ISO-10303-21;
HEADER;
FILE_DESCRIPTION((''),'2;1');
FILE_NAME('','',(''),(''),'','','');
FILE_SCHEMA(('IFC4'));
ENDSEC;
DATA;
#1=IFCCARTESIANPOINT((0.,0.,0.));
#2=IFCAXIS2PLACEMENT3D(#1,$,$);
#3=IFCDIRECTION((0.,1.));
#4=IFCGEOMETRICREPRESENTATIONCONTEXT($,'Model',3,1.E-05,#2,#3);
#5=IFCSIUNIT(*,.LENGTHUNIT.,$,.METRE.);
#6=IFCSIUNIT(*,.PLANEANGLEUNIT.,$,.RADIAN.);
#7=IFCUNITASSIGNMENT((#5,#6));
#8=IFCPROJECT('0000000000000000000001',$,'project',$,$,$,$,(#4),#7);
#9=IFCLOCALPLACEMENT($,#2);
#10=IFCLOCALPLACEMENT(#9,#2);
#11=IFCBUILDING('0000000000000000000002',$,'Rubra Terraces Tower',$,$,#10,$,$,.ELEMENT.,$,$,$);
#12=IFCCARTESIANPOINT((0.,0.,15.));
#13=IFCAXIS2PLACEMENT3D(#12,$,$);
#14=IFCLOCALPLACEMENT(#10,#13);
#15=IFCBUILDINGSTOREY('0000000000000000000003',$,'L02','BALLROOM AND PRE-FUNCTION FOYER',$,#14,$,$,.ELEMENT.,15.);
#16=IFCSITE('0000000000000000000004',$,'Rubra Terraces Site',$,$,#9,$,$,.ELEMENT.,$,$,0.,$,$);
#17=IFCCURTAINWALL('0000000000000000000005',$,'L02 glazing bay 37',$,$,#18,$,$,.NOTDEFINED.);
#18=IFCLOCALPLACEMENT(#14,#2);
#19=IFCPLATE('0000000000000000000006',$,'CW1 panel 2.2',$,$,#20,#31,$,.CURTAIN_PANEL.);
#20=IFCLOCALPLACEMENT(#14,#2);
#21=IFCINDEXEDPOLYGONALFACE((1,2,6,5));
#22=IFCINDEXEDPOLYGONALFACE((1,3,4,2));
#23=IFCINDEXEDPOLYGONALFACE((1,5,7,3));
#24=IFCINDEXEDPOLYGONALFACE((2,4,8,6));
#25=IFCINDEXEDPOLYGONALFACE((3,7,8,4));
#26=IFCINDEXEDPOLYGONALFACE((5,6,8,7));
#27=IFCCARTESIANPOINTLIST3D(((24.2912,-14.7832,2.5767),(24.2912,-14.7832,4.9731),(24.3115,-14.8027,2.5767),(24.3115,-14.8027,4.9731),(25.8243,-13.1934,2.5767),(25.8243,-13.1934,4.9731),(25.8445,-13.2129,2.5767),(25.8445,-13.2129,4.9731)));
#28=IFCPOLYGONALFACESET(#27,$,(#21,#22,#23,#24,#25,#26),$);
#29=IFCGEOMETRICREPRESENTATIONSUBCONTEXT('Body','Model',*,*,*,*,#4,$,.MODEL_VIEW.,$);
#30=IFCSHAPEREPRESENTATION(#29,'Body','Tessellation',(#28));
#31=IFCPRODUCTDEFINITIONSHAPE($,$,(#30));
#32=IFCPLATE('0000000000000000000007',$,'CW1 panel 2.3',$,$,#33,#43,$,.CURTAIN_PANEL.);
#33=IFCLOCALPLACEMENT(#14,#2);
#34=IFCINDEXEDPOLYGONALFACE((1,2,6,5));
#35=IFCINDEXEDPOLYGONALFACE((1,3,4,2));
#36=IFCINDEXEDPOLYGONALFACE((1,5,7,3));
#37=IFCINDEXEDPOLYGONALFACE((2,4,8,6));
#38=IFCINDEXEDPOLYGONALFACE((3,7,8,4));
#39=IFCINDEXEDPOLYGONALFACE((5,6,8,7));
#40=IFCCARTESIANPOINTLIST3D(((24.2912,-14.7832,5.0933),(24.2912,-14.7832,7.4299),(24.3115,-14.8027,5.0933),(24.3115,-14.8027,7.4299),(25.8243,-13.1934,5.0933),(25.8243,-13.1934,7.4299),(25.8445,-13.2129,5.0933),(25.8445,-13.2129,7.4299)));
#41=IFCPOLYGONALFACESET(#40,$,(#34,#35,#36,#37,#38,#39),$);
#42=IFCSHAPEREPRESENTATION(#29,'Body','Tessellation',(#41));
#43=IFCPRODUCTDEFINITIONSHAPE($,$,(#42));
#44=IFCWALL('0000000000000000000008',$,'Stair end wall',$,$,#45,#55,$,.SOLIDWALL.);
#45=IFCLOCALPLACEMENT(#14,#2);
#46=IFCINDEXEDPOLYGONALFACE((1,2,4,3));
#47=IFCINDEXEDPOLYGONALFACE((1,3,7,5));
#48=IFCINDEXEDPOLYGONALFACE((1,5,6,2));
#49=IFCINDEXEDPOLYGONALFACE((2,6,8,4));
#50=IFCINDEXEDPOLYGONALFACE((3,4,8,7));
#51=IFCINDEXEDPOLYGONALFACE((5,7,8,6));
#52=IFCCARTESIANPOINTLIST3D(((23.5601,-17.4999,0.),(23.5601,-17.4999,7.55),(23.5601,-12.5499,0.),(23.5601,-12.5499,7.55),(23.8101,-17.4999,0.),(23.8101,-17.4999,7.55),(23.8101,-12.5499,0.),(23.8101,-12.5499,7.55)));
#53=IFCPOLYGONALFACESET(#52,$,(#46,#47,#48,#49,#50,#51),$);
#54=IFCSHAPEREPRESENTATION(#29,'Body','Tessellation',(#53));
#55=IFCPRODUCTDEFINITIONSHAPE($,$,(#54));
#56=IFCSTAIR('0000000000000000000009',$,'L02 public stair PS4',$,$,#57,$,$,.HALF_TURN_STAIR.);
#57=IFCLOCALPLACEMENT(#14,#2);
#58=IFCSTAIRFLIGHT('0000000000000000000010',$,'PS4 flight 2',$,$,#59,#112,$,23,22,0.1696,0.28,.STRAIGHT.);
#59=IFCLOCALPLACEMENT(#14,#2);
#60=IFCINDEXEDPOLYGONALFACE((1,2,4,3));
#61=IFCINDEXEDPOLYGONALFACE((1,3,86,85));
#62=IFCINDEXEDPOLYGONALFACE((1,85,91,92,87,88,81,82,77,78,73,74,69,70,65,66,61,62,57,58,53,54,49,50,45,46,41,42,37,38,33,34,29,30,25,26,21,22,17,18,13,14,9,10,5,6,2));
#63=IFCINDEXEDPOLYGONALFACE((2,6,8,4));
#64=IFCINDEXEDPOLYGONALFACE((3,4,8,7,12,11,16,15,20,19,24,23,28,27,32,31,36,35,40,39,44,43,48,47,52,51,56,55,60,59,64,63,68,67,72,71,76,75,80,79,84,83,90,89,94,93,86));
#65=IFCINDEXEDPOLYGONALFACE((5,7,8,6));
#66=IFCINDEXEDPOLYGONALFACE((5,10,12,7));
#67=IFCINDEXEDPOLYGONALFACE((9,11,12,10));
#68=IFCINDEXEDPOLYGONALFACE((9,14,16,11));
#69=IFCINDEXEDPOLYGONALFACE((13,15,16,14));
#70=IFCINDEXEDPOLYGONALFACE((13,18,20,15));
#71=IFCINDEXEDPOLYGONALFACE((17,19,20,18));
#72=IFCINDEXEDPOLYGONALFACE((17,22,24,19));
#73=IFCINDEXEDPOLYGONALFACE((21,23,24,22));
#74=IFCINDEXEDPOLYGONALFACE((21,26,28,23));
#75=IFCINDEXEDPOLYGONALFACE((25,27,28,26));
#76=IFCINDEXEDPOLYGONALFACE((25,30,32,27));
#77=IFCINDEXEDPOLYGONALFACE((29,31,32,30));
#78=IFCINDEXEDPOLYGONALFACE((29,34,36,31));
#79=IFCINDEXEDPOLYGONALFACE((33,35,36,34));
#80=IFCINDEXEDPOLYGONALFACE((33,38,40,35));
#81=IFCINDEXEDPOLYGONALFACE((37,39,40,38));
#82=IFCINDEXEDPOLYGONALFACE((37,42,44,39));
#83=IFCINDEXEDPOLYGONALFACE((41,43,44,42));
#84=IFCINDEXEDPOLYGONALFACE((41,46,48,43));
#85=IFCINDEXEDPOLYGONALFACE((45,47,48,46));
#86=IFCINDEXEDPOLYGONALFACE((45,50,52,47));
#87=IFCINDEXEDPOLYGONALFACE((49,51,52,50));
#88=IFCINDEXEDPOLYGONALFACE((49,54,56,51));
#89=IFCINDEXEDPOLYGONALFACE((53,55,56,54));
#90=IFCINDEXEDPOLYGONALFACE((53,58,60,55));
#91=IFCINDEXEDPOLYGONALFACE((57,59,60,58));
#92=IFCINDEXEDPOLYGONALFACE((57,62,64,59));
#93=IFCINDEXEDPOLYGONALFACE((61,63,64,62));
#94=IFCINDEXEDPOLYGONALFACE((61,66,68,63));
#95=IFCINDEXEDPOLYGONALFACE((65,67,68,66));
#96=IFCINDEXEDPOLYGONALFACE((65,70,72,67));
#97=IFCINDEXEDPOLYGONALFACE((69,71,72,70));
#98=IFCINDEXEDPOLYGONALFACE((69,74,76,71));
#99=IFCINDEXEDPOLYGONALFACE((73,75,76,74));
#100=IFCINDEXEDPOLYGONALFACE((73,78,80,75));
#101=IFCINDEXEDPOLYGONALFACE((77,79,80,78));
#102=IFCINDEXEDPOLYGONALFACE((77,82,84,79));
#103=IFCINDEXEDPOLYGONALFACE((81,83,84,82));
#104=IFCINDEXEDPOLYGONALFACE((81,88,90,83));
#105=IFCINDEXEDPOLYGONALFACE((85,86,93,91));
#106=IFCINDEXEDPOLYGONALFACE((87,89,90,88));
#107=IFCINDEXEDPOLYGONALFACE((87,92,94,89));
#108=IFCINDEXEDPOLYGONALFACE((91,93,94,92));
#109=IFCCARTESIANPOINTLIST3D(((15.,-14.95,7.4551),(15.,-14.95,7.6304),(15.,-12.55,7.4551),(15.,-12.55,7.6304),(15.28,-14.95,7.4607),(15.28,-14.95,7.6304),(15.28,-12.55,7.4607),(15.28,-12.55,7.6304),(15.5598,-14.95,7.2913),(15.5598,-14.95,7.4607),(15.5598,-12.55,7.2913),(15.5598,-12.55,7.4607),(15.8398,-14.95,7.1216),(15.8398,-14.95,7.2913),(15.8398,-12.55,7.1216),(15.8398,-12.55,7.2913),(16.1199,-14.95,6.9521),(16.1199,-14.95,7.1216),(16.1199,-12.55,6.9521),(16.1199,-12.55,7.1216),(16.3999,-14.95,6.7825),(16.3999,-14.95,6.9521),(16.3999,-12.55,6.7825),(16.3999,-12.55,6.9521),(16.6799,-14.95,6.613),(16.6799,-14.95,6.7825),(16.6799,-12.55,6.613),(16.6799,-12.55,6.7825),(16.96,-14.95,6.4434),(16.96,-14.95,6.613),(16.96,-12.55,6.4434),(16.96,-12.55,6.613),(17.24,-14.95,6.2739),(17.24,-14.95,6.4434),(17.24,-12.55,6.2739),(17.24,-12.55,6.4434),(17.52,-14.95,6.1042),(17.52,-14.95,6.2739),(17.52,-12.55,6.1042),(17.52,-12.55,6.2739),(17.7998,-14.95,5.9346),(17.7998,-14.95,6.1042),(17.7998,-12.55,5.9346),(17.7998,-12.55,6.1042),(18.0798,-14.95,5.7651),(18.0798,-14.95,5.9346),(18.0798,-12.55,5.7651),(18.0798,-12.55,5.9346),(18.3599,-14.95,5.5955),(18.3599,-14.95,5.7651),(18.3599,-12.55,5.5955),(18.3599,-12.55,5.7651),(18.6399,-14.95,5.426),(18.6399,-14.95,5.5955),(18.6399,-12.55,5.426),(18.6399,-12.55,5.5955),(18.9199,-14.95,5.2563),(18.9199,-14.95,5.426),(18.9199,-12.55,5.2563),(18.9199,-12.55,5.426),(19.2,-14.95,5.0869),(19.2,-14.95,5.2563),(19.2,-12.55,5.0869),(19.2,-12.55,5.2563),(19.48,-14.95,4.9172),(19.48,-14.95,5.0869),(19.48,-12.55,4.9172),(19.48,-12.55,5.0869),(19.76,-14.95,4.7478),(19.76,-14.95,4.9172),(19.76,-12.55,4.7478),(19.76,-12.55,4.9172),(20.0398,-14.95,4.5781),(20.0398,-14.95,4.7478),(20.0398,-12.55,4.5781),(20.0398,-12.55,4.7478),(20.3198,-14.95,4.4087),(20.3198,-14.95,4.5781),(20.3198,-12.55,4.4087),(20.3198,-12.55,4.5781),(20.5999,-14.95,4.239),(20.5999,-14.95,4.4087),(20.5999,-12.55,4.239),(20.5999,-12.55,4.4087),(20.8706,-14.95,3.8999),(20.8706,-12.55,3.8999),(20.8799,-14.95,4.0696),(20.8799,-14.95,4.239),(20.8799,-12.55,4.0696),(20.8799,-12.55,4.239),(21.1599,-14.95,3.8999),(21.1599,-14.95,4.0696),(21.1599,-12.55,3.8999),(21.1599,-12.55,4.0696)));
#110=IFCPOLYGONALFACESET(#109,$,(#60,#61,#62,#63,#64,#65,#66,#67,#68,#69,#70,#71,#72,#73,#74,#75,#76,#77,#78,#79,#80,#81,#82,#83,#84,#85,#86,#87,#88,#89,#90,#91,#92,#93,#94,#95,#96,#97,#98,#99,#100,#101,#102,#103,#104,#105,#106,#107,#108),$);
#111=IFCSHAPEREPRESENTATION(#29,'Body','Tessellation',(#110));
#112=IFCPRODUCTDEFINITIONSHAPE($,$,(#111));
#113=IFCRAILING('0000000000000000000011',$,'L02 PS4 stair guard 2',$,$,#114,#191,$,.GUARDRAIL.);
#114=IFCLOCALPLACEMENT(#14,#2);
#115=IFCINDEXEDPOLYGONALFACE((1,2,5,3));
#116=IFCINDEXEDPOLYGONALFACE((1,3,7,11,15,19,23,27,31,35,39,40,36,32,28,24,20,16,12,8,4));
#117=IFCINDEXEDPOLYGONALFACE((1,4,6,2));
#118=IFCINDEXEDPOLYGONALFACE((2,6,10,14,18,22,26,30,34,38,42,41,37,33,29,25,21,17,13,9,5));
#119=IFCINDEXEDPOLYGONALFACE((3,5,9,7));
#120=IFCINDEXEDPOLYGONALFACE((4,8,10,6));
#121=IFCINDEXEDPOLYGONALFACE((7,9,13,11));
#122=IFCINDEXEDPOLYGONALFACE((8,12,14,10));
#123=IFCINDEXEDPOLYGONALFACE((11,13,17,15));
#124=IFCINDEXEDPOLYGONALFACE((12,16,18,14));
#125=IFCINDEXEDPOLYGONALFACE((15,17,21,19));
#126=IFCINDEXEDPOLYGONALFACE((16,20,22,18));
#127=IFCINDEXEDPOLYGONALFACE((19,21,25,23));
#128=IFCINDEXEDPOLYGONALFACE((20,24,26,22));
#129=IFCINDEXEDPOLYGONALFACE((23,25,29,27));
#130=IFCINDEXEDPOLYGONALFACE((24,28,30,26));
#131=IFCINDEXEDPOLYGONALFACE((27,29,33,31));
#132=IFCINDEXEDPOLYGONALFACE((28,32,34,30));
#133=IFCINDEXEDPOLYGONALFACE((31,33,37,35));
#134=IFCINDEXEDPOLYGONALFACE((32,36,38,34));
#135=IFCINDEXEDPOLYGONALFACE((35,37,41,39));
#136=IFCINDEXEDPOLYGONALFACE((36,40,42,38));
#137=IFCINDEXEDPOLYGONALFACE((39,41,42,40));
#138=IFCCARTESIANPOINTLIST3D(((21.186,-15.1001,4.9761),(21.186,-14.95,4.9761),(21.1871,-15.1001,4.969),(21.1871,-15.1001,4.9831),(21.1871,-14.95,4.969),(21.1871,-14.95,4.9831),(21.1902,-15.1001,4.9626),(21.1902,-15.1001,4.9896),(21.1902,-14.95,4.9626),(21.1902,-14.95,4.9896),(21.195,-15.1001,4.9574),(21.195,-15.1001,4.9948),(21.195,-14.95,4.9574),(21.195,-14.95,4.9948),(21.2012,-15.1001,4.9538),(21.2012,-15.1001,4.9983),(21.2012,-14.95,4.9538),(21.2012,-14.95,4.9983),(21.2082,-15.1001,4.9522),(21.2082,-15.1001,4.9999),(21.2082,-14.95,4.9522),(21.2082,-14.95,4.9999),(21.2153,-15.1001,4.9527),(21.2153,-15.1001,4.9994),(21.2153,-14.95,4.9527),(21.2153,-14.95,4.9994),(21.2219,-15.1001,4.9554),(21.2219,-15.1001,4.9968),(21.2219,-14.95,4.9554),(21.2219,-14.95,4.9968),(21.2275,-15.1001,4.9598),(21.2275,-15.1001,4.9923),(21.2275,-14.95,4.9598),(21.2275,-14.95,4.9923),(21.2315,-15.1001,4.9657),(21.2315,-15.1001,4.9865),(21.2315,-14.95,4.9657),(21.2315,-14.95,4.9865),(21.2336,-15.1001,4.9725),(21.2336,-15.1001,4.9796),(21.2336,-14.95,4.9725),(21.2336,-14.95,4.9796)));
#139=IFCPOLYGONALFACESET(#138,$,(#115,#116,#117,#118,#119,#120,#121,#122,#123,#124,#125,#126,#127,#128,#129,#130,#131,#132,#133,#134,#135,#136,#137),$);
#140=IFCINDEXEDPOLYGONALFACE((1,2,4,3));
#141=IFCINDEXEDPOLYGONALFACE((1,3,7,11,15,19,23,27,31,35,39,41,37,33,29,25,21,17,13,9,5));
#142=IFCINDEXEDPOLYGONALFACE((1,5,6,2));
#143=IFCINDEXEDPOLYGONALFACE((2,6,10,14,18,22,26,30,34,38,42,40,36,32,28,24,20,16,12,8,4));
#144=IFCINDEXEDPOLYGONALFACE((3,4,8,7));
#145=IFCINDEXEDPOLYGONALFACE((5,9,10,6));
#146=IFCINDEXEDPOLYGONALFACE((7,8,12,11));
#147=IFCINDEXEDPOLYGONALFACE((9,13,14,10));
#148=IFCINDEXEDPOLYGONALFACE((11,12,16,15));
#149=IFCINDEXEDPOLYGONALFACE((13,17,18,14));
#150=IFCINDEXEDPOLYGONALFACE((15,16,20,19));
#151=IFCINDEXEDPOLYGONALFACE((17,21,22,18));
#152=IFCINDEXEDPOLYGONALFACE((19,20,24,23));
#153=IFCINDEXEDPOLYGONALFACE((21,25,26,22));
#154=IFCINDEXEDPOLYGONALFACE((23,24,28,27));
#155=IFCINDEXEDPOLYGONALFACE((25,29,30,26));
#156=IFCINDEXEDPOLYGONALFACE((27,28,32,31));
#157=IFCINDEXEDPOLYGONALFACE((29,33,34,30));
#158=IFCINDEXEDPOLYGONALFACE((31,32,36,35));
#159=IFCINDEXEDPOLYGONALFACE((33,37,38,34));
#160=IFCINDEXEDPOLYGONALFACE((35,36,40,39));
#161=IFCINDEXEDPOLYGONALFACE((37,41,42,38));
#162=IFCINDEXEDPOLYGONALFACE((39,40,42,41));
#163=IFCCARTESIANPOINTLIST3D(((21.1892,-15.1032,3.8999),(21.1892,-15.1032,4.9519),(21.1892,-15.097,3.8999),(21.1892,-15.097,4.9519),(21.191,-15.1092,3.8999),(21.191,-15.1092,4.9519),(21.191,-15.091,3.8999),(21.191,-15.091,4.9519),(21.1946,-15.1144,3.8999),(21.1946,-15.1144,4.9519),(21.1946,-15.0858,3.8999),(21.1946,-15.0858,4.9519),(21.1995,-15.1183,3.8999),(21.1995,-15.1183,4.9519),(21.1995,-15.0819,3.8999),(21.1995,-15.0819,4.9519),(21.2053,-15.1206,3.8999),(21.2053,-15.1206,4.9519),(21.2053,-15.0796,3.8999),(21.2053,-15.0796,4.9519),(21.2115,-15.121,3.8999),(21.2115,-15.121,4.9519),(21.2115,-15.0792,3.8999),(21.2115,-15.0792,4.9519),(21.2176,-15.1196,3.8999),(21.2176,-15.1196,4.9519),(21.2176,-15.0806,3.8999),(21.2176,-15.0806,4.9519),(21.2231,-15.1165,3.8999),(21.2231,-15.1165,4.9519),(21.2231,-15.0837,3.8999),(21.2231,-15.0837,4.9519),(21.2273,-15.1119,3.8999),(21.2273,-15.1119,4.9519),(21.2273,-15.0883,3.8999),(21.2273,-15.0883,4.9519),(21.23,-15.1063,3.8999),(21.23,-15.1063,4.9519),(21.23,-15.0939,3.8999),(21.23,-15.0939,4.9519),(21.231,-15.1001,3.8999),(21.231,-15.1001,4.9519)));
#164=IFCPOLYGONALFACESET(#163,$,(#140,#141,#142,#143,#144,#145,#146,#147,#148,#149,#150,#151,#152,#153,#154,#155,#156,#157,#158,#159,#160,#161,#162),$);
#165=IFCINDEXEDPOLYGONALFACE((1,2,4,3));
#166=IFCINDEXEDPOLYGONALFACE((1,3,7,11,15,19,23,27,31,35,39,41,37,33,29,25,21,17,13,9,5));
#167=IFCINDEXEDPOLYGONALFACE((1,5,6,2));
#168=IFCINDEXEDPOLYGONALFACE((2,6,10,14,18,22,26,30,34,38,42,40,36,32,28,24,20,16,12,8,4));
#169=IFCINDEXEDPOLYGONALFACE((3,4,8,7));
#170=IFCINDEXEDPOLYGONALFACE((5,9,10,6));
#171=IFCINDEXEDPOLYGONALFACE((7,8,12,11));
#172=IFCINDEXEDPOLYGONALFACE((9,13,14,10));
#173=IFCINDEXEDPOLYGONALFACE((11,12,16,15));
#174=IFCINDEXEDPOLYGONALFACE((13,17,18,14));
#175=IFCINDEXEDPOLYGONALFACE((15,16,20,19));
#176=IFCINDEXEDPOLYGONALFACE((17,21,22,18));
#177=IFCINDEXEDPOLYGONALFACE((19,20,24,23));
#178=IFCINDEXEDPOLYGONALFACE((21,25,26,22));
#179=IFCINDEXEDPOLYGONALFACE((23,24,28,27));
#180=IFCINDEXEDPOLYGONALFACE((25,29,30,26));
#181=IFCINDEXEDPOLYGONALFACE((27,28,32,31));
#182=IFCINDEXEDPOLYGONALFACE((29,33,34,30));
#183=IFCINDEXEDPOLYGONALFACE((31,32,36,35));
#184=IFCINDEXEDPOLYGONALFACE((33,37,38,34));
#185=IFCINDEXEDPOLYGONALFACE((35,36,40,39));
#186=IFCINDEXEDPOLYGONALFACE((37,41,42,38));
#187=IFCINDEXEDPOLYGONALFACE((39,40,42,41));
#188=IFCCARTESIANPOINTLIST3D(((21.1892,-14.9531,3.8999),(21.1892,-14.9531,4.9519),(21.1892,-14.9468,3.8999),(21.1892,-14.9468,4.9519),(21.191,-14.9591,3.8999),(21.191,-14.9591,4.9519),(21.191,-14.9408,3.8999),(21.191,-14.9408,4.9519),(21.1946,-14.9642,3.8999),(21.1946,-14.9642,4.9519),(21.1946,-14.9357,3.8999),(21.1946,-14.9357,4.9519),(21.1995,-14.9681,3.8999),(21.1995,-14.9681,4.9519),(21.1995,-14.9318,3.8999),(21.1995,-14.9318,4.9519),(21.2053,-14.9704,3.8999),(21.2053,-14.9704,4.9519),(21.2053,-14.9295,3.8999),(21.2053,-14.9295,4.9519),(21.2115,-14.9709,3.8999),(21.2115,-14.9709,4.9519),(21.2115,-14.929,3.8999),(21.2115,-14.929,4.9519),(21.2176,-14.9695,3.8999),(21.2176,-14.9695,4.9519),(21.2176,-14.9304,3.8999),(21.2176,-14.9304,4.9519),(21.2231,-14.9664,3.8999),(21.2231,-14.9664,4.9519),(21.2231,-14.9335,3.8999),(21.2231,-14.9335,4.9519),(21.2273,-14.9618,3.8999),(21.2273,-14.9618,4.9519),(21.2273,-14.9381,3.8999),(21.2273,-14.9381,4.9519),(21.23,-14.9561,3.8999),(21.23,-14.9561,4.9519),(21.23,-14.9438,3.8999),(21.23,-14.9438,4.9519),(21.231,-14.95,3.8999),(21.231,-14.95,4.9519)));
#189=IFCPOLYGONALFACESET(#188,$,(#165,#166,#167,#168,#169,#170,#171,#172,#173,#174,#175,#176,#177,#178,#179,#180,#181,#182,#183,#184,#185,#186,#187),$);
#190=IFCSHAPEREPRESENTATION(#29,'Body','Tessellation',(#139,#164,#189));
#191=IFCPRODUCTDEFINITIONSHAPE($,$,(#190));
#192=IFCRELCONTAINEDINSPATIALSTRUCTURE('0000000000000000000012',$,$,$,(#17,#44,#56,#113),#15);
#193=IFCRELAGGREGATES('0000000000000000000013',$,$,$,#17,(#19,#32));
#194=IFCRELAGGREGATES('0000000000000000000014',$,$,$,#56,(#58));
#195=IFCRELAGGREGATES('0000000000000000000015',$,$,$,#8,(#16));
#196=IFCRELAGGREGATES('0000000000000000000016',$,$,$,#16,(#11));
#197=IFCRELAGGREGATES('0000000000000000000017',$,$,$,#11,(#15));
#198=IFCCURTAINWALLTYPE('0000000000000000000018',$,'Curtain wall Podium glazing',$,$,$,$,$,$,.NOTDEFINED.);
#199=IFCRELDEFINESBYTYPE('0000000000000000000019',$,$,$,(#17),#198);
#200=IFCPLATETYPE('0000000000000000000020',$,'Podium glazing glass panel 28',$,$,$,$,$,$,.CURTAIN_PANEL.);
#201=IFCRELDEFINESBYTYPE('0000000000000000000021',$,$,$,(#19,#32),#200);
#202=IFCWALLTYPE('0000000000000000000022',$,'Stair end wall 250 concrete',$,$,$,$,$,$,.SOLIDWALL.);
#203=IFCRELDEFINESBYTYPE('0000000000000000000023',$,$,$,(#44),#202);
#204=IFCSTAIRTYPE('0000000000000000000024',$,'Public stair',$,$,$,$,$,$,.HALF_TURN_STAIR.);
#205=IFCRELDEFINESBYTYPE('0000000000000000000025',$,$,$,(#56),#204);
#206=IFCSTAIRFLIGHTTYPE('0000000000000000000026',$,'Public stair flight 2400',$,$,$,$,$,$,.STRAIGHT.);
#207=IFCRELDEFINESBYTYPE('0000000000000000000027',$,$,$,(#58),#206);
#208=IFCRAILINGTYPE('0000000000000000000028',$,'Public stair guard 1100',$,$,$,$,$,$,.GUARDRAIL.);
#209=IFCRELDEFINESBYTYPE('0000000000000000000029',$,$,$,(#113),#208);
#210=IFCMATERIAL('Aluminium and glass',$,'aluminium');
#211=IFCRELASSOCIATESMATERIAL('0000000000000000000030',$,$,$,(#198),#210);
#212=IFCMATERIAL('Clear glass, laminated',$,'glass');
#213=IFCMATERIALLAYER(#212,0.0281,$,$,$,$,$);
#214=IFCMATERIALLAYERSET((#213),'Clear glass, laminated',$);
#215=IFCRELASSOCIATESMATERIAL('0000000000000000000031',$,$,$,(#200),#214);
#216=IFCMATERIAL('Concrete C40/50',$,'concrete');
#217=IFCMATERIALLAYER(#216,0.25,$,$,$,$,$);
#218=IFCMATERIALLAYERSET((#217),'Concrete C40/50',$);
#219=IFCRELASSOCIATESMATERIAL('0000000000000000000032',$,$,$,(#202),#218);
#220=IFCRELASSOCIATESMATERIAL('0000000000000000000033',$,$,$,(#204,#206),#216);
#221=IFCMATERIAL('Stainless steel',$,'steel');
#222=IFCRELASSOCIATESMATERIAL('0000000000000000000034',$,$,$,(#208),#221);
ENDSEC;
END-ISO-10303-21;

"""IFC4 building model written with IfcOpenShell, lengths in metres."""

from ifc_helpers import new_model, si_unit, direction, frame, frame_2d, origin, origin_2d, place, context, subcontext, project, spatial, polyline, rectangle, circle, outline, extrude, material, layer, layer_set, type_object, element, aggregate, save


model = new_model("IFC4")

# Units and contexts
model_context = context("Model", 3, precision=1e-05, world=origin(), true_north=direction((0.0, 1.0)))
body_context = subcontext(model_context, "Body", "Model", "MODEL_VIEW")
ifc_project = project(units=[si_unit("LENGTHUNIT", "METRE"), si_unit("PLANEANGLEUNIT", "RADIAN")], contexts=[model_context])

# Site, building, storey
site_placement = place(None, origin())
site = spatial("IfcSite", under=ifc_project, at=site_placement, Name="Rubra Terraces Site", CompositionType="ELEMENT", RefElevation=0.0)
building_placement = place(site_placement, origin())
building = spatial("IfcBuilding", under=site, at=building_placement, Name="Rubra Terraces Tower", CompositionType="ELEMENT")
storey_placement = place(building_placement, frame((0.0, 0.0, 15.0)))
storey = spatial("IfcBuildingStorey", under=building, at=storey_placement, Name="L02", Description="BALLROOM AND PRE-FUNCTION FOYER", CompositionType="ELEMENT", Elevation=15.0)

# Curtain wall, plates
ifc_material_1 = material(Name="Aluminium and glass", Category="aluminium")
curtain_wall_type = type_object("IfcCurtainWallType", Name="Curtain wall Podium glazing", PredefinedType="NOTDEFINED", material=ifc_material_1)
curtain_wall_placement = place(storey_placement, origin())
curtain_wall = element("IfcCurtainWall", 1, at=curtain_wall_placement, inside=storey, type_object=curtain_wall_type, Name="L02 glazing bay 37", PredefinedType="NOTDEFINED")
ifc_material_2 = material(Name="Clear glass, laminated", Category="glass")
ifc_layer_1 = layer(ifc_material_2, 0.0281)
ifc_layer_set_1 = layer_set([ifc_layer_1], Name="Clear glass, laminated")
plate_type = type_object("IfcPlateType", Name="Podium glazing glass panel 28", PredefinedType="CURTAIN_PANEL", material=ifc_layer_set_1)
plate_1_placement = place(storey_placement, frame((25.0679, -13.998, 2.5767), z_axis=(0.0, 0.0, 1.0), x_axis=(0.694156, 0.719825, 0.0)))
plate_1 = element("IfcPlate", 2, at=plate_1_placement, type_object=plate_type, Name="CW1 panel 2.2", PredefinedType="CURTAIN_PANEL", context=body_context, shape_type="SweptSolid", body=[
    extrude(rectangle(XDim=2.2085, YDim=0.0281, at=origin_2d()), origin(), (0.0, 0.0, 1.0), 2.3965),
])
plate_2_placement = place(storey_placement, frame((25.0679, -13.998, 5.0933), z_axis=(0.0, 0.0, 1.0), x_axis=(0.694156, 0.719825, 0.0)))
plate_2 = element("IfcPlate", 3, at=plate_2_placement, type_object=plate_type, Name="CW1 panel 2.3", PredefinedType="CURTAIN_PANEL", context=body_context, shape_type="SweptSolid", body=[
    extrude(rectangle(XDim=2.2085, YDim=0.0281, at=origin_2d()), origin(), (0.0, 0.0, 1.0), 2.3367),
])
aggregate(curtain_wall, [plate_1, plate_2])

# Wall
ifc_material_3 = material(Name="Concrete C40/50", Category="concrete")
ifc_layer_2 = layer(ifc_material_3, 0.25)
ifc_layer_set_2 = layer_set([ifc_layer_2], Name="Concrete C40/50")
wall_type = type_object("IfcWallType", Name="Stair end wall 250 concrete", PredefinedType="SOLIDWALL", material=ifc_layer_set_2)
wall_placement = place(storey_placement, frame((23.6851, -17.5, 0.0), z_axis=(0.0, 0.0, 1.0), x_axis=(0.0, 1.0, 0.0)))
element("IfcWall", 4, at=wall_placement, inside=storey, type_object=wall_type, Name="Stair end wall", PredefinedType="SOLIDWALL", context=body_context, shape_type="SweptSolid", body=[
    extrude(rectangle(XDim=4.95, YDim=0.25, at=frame_2d((2.4751, 0.0))), origin(), (0.0, 0.0, 1.0), 7.55),
])

# Stair, stair flight
stair_type = type_object("IfcStairType", Name="Public stair", PredefinedType="HALF_TURN_STAIR", material=ifc_material_3)
stair_placement = place(storey_placement, origin())
stair = element("IfcStair", 5, at=stair_placement, inside=storey, type_object=stair_type, Name="L02 public stair PS4", PredefinedType="HALF_TURN_STAIR")
stair_flight_type = type_object("IfcStairFlightType", Name="Public stair flight 2400", PredefinedType="STRAIGHT", material=ifc_material_3)
stair_flight_placement = place(storey_placement, frame((21.1599, -13.75, 3.8999), z_axis=(0.0, 0.0, 1.0), x_axis=(-1.0, 0.0, 0.0)))
stair_flight = element("IfcStairFlight", 6, at=stair_flight_placement, type_object=stair_flight_type, Name="PS4 flight 2", NumberOfRisers=23, NumberOfTreads=22, PredefinedType="STRAIGHT", RiserHeight=0.1696, TreadLength=0.28, context=body_context, shape_type="SweptSolid", body=[
    extrude(outline(polyline([(0.0, 0.0), (0.0, 0.1697), (0.28, 0.1697), (0.28, 0.3391), (0.5601, 0.3391), (0.5601, 0.5088), (0.8401, 0.5088), (0.8401, 0.6782), (1.1201, 0.6782), (1.1201, 0.8479), (1.3999, 0.8479), (1.3999, 1.0173), (1.6799, 1.0173), (1.6799, 1.187), (1.96, 1.187), (1.96, 1.3564), (2.24, 1.3564), (2.24, 1.5261), (2.52, 1.5261), (2.52, 1.6956), (2.8, 1.6956), (2.8, 1.8652), (3.0801, 1.8652), (3.0801, 2.0347), (3.3601, 2.0347), (3.3601, 2.2043), (3.6399, 2.2043), (3.6399, 2.374), (3.9199, 2.374), (3.9199, 2.5435), (4.2, 2.5435), (4.2, 2.7131), (4.48, 2.7131), (4.48, 2.8826), (4.76, 2.8826), (4.76, 3.0522), (5.04, 3.0522), (5.04, 3.2217), (5.3201, 3.2217), (5.3201, 3.3914), (5.6001, 3.3914), (5.6001, 3.5608), (5.8799, 3.5608), (5.8799, 3.7305), (6.1599, 3.7305), (6.1599, 3.8999), (6.1599, 3.5552), (0.2893, 0.0), (0.0, 0.0)])), frame((0.0, 1.2, 0.0), z_axis=(0.0, -1.0, 0.0), x_axis=(1.0, 0.0, 0.0)), (0.0, 0.0, 1.0), 2.3999),
])
aggregate(stair, [stair_flight])

# Railing
ifc_material_4 = material(Name="Stainless steel", Category="steel")
railing_type = type_object("IfcRailingType", Name="Public stair guard 1100", PredefinedType="GUARDRAIL", material=ifc_material_4)
railing_1_placement = place(storey_placement, frame((21.21, -15.1001, 3.8999)))
element("IfcRailing", 7, at=railing_1_placement, inside=storey, type_object=railing_type, Name="L02 PS4 stair guard 2", PredefinedType="GUARDRAIL", context=body_context, shape_type="SweptSolid", body=[
    extrude(circle(Radius=0.0239, at=origin_2d()), frame((0.0, 0.0, 1.0762), z_axis=(0.0, 1.0, 0.0), x_axis=(-1.0, 0.0, 0.0)), (0.0, 0.0, 1.0), 0.1501),
    extrude(circle(Radius=0.021, at=origin_2d()), origin(), (0.0, 0.0, 1.0), 1.052),
    extrude(circle(Radius=0.021, at=origin_2d()), frame((0.0, 0.1501, 0.0)), (0.0, 0.0, 1.0), 1.052),
])

save(model, "model.ifc")
